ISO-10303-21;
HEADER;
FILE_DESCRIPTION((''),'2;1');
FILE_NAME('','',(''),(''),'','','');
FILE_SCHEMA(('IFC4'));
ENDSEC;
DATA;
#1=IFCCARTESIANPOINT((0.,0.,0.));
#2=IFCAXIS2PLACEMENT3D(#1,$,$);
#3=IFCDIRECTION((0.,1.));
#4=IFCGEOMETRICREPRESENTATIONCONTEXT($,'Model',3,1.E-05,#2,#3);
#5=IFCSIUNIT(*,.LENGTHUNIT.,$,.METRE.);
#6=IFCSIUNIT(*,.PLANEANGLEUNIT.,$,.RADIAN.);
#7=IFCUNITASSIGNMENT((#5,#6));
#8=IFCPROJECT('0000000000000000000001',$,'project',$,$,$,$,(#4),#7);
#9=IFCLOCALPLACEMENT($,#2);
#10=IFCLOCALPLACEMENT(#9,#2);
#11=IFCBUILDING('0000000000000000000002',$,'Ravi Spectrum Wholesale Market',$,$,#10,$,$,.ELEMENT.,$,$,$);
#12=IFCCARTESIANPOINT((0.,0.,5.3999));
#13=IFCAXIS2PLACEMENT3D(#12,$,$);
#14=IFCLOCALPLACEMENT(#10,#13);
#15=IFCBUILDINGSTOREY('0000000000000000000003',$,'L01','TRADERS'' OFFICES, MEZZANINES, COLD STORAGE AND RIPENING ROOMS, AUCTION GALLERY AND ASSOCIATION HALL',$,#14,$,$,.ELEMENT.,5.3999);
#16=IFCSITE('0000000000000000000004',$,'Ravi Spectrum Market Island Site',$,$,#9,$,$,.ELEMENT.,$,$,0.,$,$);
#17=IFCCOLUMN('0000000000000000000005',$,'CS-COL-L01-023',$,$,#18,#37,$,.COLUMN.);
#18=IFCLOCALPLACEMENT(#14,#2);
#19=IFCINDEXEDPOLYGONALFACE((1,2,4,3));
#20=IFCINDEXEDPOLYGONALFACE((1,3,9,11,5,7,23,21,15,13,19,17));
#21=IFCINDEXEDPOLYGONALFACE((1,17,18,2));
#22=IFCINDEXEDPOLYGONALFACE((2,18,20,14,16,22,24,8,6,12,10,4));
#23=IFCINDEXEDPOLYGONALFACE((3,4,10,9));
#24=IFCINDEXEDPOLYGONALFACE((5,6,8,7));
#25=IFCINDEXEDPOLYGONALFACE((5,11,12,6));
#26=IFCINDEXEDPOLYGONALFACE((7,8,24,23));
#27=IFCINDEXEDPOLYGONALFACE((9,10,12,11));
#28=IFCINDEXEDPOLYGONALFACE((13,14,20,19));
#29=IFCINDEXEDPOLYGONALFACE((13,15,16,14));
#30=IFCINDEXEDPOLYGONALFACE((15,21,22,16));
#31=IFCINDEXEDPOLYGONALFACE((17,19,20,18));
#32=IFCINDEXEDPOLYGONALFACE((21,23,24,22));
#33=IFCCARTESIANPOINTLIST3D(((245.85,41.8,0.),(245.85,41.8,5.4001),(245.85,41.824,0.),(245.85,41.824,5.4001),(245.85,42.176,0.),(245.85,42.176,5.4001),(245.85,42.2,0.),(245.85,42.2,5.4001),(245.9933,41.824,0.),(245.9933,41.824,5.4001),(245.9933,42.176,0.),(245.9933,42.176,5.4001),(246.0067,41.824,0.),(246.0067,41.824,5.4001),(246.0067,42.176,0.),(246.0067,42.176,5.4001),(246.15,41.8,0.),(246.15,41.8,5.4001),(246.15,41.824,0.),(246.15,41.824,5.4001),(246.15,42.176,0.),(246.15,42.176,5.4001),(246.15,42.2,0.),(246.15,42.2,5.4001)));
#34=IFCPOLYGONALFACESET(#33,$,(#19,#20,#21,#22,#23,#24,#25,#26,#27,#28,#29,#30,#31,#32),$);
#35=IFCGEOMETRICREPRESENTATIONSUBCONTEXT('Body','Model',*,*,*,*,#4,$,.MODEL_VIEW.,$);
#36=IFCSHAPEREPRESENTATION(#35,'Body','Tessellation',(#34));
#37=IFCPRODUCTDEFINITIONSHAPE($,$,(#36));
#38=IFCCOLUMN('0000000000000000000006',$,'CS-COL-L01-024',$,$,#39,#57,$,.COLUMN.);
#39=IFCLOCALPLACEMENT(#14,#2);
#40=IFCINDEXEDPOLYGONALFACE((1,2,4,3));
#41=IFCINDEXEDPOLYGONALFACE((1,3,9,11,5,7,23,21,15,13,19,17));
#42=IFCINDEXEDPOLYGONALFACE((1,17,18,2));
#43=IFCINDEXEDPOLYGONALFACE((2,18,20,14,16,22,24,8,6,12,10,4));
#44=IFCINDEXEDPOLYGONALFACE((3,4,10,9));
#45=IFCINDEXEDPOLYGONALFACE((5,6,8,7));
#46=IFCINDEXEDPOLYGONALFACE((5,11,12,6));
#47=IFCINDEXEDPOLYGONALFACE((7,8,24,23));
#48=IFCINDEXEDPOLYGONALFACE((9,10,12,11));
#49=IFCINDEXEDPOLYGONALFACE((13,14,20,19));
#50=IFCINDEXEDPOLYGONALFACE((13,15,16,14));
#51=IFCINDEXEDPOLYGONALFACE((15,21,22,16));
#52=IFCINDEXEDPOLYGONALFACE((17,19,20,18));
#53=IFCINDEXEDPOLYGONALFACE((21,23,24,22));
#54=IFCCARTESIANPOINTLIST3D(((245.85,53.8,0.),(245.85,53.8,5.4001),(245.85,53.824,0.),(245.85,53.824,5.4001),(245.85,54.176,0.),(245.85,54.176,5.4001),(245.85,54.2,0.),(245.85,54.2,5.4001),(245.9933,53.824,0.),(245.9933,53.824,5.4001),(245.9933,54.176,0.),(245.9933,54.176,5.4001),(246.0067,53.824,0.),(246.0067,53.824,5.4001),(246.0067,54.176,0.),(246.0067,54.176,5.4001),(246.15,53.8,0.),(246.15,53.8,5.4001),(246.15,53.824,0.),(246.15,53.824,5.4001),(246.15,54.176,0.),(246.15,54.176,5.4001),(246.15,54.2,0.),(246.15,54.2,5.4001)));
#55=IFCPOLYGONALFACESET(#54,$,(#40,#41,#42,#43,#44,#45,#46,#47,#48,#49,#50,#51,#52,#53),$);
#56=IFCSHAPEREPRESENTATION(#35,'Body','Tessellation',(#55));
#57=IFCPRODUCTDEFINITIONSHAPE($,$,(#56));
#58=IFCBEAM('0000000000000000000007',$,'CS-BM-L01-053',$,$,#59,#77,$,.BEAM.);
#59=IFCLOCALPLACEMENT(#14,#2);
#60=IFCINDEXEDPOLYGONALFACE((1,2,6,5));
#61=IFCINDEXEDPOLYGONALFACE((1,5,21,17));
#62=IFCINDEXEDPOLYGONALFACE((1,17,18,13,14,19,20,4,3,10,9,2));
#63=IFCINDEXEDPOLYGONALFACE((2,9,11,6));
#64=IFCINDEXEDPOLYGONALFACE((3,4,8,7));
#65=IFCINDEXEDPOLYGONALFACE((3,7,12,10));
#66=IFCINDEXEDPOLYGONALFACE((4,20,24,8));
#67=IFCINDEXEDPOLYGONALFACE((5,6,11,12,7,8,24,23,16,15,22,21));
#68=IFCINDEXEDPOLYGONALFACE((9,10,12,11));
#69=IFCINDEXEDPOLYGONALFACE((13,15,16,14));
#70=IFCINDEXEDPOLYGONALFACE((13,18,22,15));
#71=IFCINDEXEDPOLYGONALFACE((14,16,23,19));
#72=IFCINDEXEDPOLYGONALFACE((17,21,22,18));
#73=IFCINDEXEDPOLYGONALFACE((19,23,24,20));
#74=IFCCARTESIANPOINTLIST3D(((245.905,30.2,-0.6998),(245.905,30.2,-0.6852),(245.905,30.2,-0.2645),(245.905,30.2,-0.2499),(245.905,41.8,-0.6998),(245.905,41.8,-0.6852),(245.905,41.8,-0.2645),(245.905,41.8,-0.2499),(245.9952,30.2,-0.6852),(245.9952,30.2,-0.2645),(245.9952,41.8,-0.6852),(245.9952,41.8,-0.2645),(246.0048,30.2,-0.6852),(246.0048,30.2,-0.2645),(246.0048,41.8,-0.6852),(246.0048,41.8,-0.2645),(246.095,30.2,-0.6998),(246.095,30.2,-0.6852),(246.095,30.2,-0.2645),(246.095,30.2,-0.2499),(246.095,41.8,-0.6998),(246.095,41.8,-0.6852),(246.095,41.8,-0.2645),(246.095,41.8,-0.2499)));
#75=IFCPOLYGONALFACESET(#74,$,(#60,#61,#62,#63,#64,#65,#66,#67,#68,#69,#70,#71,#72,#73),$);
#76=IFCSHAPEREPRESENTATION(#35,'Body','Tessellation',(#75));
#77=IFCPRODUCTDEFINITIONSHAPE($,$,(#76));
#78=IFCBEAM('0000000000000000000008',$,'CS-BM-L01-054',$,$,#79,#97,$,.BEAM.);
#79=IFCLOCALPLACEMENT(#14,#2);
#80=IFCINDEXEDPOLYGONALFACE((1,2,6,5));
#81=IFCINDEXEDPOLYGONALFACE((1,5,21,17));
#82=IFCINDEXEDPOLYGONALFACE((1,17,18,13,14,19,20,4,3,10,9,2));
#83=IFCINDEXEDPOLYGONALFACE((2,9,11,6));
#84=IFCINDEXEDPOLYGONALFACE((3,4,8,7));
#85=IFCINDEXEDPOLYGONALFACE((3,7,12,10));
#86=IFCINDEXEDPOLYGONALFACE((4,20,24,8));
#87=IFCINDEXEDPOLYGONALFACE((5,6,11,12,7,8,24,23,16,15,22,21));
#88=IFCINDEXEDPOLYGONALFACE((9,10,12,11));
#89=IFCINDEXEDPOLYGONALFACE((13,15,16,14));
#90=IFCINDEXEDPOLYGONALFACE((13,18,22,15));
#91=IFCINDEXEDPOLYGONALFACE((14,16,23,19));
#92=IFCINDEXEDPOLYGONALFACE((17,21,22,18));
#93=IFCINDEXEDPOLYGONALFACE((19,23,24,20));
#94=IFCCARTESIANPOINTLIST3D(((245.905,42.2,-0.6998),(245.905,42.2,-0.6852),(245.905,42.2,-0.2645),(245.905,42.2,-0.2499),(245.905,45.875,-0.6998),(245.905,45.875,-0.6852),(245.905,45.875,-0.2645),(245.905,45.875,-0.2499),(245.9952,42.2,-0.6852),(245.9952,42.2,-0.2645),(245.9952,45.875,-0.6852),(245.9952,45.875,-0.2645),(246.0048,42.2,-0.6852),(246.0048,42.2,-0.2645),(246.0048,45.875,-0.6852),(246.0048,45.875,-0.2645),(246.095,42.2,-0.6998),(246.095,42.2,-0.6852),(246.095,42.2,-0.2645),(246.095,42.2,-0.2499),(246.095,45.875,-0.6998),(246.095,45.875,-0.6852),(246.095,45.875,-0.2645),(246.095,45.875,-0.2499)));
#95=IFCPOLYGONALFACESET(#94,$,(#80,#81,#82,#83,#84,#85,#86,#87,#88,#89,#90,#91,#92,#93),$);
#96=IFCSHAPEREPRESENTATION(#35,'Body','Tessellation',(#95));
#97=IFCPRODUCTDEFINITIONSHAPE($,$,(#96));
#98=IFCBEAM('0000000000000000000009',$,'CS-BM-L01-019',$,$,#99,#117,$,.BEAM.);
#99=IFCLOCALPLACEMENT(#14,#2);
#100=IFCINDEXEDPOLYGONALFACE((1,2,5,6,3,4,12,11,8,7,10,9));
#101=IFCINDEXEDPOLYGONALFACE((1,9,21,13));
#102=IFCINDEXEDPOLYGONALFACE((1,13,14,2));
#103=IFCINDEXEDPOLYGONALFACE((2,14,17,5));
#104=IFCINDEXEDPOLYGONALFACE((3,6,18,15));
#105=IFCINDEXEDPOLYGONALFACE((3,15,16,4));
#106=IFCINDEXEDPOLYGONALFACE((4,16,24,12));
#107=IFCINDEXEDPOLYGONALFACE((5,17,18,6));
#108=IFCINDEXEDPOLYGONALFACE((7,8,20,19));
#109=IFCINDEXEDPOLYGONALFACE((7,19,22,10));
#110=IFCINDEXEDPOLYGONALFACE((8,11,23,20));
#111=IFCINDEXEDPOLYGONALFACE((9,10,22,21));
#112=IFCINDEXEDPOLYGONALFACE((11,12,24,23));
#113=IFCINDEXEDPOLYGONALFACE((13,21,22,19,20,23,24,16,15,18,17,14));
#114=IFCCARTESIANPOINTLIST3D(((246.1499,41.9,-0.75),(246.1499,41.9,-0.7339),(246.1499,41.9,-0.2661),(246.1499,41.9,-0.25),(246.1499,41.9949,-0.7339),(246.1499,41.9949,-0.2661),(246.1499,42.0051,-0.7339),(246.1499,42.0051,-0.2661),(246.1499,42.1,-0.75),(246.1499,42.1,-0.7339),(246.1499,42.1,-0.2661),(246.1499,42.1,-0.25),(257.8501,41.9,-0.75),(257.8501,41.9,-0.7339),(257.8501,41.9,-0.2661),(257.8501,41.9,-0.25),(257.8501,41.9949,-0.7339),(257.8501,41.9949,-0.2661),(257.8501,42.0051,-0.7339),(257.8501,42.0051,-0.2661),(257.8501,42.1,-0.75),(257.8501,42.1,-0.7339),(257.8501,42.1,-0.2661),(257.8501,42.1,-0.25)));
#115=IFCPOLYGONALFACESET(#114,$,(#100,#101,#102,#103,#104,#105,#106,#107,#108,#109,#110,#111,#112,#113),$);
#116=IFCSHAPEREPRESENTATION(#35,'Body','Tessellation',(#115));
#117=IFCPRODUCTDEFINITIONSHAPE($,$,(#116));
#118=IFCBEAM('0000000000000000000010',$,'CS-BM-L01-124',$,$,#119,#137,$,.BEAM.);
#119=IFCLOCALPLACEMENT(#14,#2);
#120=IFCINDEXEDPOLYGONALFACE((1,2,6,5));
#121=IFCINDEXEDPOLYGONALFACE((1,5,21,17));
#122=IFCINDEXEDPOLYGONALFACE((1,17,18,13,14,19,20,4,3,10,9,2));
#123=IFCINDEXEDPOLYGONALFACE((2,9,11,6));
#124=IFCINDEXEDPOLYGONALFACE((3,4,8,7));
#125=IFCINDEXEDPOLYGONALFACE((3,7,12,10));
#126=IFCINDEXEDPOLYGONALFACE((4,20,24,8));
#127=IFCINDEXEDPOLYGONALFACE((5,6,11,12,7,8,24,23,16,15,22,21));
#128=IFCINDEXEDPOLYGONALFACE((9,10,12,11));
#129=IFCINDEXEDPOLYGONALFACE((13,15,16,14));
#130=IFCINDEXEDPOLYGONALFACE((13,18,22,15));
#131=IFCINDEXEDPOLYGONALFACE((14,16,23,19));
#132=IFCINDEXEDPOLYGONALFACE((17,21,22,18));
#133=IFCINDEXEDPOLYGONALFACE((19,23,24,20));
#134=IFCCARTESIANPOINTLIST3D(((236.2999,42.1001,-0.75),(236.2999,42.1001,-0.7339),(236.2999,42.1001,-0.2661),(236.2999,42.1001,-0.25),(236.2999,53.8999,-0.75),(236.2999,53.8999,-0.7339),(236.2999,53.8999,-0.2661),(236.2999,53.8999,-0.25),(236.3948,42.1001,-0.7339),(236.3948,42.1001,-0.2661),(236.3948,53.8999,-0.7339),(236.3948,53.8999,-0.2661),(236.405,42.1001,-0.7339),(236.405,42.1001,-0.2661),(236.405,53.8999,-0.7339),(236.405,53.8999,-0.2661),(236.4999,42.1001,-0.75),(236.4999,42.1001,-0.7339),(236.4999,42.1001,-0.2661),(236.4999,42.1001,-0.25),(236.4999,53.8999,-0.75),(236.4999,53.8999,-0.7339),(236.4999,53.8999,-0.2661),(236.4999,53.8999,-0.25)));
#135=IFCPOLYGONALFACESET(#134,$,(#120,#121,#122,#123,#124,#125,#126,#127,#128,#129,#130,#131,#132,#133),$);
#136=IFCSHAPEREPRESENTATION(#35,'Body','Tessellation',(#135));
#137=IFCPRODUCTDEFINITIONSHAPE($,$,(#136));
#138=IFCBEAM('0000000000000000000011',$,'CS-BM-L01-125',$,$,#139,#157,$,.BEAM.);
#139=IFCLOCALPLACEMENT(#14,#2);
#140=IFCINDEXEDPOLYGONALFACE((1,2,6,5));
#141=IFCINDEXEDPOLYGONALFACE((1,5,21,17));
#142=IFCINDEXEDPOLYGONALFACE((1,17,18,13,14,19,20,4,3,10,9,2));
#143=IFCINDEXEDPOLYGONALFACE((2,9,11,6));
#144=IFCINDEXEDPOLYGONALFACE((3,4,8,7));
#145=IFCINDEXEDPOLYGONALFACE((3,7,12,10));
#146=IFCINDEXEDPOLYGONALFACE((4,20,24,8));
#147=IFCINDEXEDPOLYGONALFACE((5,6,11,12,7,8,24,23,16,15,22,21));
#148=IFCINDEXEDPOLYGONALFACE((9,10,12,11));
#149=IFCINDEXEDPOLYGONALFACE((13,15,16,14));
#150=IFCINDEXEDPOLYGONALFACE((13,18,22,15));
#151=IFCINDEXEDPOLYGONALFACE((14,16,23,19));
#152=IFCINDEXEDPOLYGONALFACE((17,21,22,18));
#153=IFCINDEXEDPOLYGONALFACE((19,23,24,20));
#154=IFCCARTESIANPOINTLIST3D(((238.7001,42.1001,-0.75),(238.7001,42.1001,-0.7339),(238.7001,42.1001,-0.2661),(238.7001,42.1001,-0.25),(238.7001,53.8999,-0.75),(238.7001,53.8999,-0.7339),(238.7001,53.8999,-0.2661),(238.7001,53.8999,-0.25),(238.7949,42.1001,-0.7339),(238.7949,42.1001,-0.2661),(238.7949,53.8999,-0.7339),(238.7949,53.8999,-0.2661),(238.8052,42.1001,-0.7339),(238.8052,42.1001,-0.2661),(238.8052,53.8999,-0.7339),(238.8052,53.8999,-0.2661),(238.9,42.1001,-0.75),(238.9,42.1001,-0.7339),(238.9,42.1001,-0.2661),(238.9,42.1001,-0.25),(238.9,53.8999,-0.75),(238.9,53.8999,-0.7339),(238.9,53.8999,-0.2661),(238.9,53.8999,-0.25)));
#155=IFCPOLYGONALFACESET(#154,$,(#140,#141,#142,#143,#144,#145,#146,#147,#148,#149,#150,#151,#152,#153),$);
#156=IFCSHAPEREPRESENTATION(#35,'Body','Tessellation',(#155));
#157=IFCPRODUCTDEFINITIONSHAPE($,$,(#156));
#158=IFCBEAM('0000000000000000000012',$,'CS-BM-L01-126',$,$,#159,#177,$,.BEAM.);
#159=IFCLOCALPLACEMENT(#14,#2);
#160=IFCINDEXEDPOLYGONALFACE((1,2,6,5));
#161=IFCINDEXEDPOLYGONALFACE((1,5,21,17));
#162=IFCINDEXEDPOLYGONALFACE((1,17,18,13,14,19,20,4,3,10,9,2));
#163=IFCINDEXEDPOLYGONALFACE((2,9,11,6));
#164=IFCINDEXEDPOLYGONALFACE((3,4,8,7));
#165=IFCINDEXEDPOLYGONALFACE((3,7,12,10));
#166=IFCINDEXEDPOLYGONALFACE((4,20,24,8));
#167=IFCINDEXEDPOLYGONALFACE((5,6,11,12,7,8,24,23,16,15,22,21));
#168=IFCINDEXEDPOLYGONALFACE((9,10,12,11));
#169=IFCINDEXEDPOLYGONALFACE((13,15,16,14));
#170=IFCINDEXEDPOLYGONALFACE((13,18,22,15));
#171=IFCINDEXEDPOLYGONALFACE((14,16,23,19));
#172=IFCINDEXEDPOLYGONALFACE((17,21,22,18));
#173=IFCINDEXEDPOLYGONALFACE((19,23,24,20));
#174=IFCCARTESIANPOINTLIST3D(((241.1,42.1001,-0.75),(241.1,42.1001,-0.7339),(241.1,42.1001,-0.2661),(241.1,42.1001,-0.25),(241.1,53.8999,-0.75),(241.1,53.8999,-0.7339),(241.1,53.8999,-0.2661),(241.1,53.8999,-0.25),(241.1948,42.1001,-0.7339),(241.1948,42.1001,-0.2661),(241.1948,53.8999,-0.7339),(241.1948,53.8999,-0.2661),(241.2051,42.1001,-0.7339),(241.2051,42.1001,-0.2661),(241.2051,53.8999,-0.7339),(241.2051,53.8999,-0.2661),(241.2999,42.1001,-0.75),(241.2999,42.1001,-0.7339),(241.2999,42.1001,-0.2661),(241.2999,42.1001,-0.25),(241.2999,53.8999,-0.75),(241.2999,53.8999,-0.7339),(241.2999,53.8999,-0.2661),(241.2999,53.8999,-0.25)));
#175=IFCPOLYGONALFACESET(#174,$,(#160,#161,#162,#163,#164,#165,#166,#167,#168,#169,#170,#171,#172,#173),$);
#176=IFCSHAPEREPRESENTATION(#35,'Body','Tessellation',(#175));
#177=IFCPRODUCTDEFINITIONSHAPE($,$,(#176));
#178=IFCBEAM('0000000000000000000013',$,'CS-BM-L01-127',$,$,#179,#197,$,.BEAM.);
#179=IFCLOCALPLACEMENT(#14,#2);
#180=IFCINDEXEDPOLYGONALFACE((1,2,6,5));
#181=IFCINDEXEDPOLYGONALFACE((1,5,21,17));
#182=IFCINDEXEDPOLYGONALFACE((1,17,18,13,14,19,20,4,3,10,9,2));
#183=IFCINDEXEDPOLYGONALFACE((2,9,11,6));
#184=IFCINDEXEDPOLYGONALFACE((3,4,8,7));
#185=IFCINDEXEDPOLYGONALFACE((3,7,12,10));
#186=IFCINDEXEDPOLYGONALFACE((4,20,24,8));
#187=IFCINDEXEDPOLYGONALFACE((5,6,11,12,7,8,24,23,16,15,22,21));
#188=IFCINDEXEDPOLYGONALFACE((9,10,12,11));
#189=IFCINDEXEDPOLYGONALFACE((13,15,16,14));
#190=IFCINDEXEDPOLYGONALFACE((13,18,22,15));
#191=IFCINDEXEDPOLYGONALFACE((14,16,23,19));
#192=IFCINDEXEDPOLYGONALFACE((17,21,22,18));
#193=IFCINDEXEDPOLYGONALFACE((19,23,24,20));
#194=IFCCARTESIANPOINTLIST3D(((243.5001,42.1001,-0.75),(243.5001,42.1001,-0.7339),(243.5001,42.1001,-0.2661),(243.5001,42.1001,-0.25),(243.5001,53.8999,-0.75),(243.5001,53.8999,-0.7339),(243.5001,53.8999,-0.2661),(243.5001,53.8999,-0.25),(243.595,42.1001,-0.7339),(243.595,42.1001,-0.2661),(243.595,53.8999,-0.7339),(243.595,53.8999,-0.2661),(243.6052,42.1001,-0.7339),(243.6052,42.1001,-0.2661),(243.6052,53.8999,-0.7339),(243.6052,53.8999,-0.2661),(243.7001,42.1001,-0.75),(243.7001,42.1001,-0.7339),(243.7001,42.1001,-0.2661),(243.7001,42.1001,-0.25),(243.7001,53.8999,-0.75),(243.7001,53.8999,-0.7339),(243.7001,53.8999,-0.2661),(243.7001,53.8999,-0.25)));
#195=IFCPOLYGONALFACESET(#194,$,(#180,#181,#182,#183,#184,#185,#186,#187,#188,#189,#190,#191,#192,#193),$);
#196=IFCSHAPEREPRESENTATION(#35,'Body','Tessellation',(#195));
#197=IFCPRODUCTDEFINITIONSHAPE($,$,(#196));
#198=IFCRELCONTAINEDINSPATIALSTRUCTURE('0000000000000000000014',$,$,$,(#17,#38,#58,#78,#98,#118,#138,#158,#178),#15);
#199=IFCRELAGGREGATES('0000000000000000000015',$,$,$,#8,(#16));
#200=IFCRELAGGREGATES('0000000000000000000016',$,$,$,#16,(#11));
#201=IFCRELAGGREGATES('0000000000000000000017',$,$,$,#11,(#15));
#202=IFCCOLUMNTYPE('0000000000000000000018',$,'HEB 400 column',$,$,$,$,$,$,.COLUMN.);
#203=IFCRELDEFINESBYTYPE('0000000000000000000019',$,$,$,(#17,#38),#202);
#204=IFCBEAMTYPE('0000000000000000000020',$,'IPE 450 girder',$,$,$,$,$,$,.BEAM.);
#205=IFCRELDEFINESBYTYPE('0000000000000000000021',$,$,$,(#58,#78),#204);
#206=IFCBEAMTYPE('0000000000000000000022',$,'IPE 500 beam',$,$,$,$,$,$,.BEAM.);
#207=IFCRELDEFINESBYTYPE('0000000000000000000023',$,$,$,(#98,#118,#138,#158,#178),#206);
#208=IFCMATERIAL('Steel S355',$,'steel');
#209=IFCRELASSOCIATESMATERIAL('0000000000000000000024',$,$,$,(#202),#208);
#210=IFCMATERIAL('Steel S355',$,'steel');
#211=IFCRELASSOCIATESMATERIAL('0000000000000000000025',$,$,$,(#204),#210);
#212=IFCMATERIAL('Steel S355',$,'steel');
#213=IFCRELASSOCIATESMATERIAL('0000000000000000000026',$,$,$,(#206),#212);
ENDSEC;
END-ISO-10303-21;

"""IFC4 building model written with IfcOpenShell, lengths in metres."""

from ifc_helpers import new_model, si_unit, direction, frame, origin, origin_2d, place, context, subcontext, project, spatial, i_section, extrude, material, material_profile, profile_set, type_object, element, save


model = new_model("IFC4")

# Units and contexts
model_context = context("Model", 3, precision=1e-05, world=origin(), true_north=direction((0.0, 1.0)))
body_context = subcontext(model_context, "Body", "Model", "MODEL_VIEW")
ifc_project = project(units=[si_unit("LENGTHUNIT", "METRE"), si_unit("PLANEANGLEUNIT", "RADIAN")], contexts=[model_context])

# Site, building, storey
site_placement = place(None, origin())
site = spatial("IfcSite", under=ifc_project, at=site_placement, Name="Ravi Spectrum Market Island Site", CompositionType="ELEMENT", RefElevation=0.0)
building_placement = place(site_placement, origin())
building = spatial("IfcBuilding", under=site, at=building_placement, Name="Ravi Spectrum Wholesale Market", CompositionType="ELEMENT")
storey_placement = place(building_placement, frame((0.0, 0.0, 5.3999)))
storey = spatial("IfcBuildingStorey", under=building, at=storey_placement, Name="L01", Description="TRADERS' OFFICES, MEZZANINES, COLD STORAGE AND RIPENING ROOMS, AUCTION GALLERY AND ASSOCIATION HALL", CompositionType="ELEMENT", Elevation=5.3999)

# Columns
ifc_material_1 = material(Name="Steel S355", Category="steel")
ifc_material_profile_1 = material_profile(ifc_material_1, i_section(OverallWidth=0.3, OverallDepth=0.3999, WebThickness=0.0134, FlangeThickness=0.0239, at=origin_2d()))
ifc_profile_set_1 = profile_set([ifc_material_profile_1], Name="Steel S355")
column_type = type_object("IfcColumnType", Name="HEB 400 column", PredefinedType="COLUMN", material=ifc_profile_set_1)
for number, where, z_axis, x_axis, name in (
    (1, (246.0, 42.0, 0.0), (0.0, 0.0, 1.0), (1.0, 0.0, 0.0), "CS-COL-L01-023"),
    (2, (246.0, 54.0, 0.0), (0.0, 0.0, 1.0), (1.0, 0.0, 0.0), "CS-COL-L01-024"),
):
    element("IfcColumn", number, at=place(storey_placement, frame(where, z_axis=z_axis, x_axis=x_axis)), inside=storey, type_object=column_type, Name=name, PredefinedType="COLUMN", context=body_context, shape_type="SweptSolid", body=[
        extrude(i_section(OverallWidth=0.3, OverallDepth=0.3999, WebThickness=0.0134, FlangeThickness=0.0239, at=origin_2d()), origin(), (0.0, 0.0, 1.0), 5.4001),
    ])

# Beams
ifc_material_2 = material(Name="Steel S355", Category="steel")
ifc_material_profile_2 = material_profile(ifc_material_2, i_section(OverallWidth=0.1899, OverallDepth=0.45, WebThickness=0.0095, FlangeThickness=0.0146, at=origin_2d()))
ifc_profile_set_2 = profile_set([ifc_material_profile_2], Name="Steel S355")
beam_type_1 = type_object("IfcBeamType", Name="IPE 450 girder", PredefinedType="BEAM", material=ifc_profile_set_2)
beam_1_placement = place(storey_placement, frame((246.0, 30.2, -0.4749), z_axis=(0.0, 1.0, 0.0), x_axis=(-1.0, 0.0, 0.0)))
element("IfcBeam", 3, at=beam_1_placement, inside=storey, type_object=beam_type_1, Name="CS-BM-L01-053", PredefinedType="BEAM", context=body_context, shape_type="SweptSolid", body=[
    extrude(i_section(OverallWidth=0.1899, OverallDepth=0.45, WebThickness=0.0095, FlangeThickness=0.0146, at=origin_2d()), origin(), (0.0, 0.0, 1.0), 11.6001),
])
beam_2_placement = place(storey_placement, frame((246.0, 42.2, -0.4749), z_axis=(0.0, 1.0, 0.0), x_axis=(-1.0, 0.0, 0.0)))
element("IfcBeam", 4, at=beam_2_placement, inside=storey, type_object=beam_type_1, Name="CS-BM-L01-054", PredefinedType="BEAM", context=body_context, shape_type="SweptSolid", body=[
    extrude(i_section(OverallWidth=0.1899, OverallDepth=0.45, WebThickness=0.0095, FlangeThickness=0.0146, at=origin_2d()), origin(), (0.0, 0.0, 1.0), 3.675),
])
ifc_material_3 = material(Name="Steel S355", Category="steel")
ifc_material_profile_3 = material_profile(ifc_material_3, i_section(OverallWidth=0.2, OverallDepth=0.5, WebThickness=0.0103, FlangeThickness=0.0161, at=origin_2d()))
ifc_profile_set_3 = profile_set([ifc_material_profile_3], Name="Steel S355")
beam_type_2 = type_object("IfcBeamType", Name="IPE 500 beam", PredefinedType="BEAM", material=ifc_profile_set_3)
beam_3_placement = place(storey_placement, frame((246.1499, 42.0, -0.5), z_axis=(1.0, 0.0, 0.0), x_axis=(0.0, 1.0, 0.0)))
element("IfcBeam", 5, at=beam_3_placement, inside=storey, type_object=beam_type_2, Name="CS-BM-L01-019", PredefinedType="BEAM", context=body_context, shape_type="SweptSolid", body=[
    extrude(i_section(OverallWidth=0.2, OverallDepth=0.5, WebThickness=0.0103, FlangeThickness=0.0161, at=origin_2d()), origin(), (0.0, 0.0, 1.0), 11.7002),
])
for number, where, z_axis, x_axis, name in (
    (6, (236.3999, 42.1001, -0.5), (0.0, 1.0, 0.0), (-1.0, 0.0, 0.0), "CS-BM-L01-124"),
    (7, (238.8, 42.1001, -0.5), (0.0, 1.0, 0.0), (-1.0, 0.0, 0.0), "CS-BM-L01-125"),
    (8, (241.2, 42.1001, -0.5), (0.0, 1.0, 0.0), (-1.0, 0.0, 0.0), "CS-BM-L01-126"),
    (9, (243.6001, 42.1001, -0.5), (0.0, 1.0, 0.0), (-1.0, 0.0, 0.0), "CS-BM-L01-127"),
):
    element("IfcBeam", number, at=place(storey_placement, frame(where, z_axis=z_axis, x_axis=x_axis)), inside=storey, type_object=beam_type_2, Name=name, PredefinedType="BEAM", context=body_context, shape_type="SweptSolid", body=[
        extrude(i_section(OverallWidth=0.2, OverallDepth=0.5, WebThickness=0.0103, FlangeThickness=0.0161, at=origin_2d()), origin(), (0.0, 0.0, 1.0), 11.7998),
    ])

save(model, "model.ifc")
